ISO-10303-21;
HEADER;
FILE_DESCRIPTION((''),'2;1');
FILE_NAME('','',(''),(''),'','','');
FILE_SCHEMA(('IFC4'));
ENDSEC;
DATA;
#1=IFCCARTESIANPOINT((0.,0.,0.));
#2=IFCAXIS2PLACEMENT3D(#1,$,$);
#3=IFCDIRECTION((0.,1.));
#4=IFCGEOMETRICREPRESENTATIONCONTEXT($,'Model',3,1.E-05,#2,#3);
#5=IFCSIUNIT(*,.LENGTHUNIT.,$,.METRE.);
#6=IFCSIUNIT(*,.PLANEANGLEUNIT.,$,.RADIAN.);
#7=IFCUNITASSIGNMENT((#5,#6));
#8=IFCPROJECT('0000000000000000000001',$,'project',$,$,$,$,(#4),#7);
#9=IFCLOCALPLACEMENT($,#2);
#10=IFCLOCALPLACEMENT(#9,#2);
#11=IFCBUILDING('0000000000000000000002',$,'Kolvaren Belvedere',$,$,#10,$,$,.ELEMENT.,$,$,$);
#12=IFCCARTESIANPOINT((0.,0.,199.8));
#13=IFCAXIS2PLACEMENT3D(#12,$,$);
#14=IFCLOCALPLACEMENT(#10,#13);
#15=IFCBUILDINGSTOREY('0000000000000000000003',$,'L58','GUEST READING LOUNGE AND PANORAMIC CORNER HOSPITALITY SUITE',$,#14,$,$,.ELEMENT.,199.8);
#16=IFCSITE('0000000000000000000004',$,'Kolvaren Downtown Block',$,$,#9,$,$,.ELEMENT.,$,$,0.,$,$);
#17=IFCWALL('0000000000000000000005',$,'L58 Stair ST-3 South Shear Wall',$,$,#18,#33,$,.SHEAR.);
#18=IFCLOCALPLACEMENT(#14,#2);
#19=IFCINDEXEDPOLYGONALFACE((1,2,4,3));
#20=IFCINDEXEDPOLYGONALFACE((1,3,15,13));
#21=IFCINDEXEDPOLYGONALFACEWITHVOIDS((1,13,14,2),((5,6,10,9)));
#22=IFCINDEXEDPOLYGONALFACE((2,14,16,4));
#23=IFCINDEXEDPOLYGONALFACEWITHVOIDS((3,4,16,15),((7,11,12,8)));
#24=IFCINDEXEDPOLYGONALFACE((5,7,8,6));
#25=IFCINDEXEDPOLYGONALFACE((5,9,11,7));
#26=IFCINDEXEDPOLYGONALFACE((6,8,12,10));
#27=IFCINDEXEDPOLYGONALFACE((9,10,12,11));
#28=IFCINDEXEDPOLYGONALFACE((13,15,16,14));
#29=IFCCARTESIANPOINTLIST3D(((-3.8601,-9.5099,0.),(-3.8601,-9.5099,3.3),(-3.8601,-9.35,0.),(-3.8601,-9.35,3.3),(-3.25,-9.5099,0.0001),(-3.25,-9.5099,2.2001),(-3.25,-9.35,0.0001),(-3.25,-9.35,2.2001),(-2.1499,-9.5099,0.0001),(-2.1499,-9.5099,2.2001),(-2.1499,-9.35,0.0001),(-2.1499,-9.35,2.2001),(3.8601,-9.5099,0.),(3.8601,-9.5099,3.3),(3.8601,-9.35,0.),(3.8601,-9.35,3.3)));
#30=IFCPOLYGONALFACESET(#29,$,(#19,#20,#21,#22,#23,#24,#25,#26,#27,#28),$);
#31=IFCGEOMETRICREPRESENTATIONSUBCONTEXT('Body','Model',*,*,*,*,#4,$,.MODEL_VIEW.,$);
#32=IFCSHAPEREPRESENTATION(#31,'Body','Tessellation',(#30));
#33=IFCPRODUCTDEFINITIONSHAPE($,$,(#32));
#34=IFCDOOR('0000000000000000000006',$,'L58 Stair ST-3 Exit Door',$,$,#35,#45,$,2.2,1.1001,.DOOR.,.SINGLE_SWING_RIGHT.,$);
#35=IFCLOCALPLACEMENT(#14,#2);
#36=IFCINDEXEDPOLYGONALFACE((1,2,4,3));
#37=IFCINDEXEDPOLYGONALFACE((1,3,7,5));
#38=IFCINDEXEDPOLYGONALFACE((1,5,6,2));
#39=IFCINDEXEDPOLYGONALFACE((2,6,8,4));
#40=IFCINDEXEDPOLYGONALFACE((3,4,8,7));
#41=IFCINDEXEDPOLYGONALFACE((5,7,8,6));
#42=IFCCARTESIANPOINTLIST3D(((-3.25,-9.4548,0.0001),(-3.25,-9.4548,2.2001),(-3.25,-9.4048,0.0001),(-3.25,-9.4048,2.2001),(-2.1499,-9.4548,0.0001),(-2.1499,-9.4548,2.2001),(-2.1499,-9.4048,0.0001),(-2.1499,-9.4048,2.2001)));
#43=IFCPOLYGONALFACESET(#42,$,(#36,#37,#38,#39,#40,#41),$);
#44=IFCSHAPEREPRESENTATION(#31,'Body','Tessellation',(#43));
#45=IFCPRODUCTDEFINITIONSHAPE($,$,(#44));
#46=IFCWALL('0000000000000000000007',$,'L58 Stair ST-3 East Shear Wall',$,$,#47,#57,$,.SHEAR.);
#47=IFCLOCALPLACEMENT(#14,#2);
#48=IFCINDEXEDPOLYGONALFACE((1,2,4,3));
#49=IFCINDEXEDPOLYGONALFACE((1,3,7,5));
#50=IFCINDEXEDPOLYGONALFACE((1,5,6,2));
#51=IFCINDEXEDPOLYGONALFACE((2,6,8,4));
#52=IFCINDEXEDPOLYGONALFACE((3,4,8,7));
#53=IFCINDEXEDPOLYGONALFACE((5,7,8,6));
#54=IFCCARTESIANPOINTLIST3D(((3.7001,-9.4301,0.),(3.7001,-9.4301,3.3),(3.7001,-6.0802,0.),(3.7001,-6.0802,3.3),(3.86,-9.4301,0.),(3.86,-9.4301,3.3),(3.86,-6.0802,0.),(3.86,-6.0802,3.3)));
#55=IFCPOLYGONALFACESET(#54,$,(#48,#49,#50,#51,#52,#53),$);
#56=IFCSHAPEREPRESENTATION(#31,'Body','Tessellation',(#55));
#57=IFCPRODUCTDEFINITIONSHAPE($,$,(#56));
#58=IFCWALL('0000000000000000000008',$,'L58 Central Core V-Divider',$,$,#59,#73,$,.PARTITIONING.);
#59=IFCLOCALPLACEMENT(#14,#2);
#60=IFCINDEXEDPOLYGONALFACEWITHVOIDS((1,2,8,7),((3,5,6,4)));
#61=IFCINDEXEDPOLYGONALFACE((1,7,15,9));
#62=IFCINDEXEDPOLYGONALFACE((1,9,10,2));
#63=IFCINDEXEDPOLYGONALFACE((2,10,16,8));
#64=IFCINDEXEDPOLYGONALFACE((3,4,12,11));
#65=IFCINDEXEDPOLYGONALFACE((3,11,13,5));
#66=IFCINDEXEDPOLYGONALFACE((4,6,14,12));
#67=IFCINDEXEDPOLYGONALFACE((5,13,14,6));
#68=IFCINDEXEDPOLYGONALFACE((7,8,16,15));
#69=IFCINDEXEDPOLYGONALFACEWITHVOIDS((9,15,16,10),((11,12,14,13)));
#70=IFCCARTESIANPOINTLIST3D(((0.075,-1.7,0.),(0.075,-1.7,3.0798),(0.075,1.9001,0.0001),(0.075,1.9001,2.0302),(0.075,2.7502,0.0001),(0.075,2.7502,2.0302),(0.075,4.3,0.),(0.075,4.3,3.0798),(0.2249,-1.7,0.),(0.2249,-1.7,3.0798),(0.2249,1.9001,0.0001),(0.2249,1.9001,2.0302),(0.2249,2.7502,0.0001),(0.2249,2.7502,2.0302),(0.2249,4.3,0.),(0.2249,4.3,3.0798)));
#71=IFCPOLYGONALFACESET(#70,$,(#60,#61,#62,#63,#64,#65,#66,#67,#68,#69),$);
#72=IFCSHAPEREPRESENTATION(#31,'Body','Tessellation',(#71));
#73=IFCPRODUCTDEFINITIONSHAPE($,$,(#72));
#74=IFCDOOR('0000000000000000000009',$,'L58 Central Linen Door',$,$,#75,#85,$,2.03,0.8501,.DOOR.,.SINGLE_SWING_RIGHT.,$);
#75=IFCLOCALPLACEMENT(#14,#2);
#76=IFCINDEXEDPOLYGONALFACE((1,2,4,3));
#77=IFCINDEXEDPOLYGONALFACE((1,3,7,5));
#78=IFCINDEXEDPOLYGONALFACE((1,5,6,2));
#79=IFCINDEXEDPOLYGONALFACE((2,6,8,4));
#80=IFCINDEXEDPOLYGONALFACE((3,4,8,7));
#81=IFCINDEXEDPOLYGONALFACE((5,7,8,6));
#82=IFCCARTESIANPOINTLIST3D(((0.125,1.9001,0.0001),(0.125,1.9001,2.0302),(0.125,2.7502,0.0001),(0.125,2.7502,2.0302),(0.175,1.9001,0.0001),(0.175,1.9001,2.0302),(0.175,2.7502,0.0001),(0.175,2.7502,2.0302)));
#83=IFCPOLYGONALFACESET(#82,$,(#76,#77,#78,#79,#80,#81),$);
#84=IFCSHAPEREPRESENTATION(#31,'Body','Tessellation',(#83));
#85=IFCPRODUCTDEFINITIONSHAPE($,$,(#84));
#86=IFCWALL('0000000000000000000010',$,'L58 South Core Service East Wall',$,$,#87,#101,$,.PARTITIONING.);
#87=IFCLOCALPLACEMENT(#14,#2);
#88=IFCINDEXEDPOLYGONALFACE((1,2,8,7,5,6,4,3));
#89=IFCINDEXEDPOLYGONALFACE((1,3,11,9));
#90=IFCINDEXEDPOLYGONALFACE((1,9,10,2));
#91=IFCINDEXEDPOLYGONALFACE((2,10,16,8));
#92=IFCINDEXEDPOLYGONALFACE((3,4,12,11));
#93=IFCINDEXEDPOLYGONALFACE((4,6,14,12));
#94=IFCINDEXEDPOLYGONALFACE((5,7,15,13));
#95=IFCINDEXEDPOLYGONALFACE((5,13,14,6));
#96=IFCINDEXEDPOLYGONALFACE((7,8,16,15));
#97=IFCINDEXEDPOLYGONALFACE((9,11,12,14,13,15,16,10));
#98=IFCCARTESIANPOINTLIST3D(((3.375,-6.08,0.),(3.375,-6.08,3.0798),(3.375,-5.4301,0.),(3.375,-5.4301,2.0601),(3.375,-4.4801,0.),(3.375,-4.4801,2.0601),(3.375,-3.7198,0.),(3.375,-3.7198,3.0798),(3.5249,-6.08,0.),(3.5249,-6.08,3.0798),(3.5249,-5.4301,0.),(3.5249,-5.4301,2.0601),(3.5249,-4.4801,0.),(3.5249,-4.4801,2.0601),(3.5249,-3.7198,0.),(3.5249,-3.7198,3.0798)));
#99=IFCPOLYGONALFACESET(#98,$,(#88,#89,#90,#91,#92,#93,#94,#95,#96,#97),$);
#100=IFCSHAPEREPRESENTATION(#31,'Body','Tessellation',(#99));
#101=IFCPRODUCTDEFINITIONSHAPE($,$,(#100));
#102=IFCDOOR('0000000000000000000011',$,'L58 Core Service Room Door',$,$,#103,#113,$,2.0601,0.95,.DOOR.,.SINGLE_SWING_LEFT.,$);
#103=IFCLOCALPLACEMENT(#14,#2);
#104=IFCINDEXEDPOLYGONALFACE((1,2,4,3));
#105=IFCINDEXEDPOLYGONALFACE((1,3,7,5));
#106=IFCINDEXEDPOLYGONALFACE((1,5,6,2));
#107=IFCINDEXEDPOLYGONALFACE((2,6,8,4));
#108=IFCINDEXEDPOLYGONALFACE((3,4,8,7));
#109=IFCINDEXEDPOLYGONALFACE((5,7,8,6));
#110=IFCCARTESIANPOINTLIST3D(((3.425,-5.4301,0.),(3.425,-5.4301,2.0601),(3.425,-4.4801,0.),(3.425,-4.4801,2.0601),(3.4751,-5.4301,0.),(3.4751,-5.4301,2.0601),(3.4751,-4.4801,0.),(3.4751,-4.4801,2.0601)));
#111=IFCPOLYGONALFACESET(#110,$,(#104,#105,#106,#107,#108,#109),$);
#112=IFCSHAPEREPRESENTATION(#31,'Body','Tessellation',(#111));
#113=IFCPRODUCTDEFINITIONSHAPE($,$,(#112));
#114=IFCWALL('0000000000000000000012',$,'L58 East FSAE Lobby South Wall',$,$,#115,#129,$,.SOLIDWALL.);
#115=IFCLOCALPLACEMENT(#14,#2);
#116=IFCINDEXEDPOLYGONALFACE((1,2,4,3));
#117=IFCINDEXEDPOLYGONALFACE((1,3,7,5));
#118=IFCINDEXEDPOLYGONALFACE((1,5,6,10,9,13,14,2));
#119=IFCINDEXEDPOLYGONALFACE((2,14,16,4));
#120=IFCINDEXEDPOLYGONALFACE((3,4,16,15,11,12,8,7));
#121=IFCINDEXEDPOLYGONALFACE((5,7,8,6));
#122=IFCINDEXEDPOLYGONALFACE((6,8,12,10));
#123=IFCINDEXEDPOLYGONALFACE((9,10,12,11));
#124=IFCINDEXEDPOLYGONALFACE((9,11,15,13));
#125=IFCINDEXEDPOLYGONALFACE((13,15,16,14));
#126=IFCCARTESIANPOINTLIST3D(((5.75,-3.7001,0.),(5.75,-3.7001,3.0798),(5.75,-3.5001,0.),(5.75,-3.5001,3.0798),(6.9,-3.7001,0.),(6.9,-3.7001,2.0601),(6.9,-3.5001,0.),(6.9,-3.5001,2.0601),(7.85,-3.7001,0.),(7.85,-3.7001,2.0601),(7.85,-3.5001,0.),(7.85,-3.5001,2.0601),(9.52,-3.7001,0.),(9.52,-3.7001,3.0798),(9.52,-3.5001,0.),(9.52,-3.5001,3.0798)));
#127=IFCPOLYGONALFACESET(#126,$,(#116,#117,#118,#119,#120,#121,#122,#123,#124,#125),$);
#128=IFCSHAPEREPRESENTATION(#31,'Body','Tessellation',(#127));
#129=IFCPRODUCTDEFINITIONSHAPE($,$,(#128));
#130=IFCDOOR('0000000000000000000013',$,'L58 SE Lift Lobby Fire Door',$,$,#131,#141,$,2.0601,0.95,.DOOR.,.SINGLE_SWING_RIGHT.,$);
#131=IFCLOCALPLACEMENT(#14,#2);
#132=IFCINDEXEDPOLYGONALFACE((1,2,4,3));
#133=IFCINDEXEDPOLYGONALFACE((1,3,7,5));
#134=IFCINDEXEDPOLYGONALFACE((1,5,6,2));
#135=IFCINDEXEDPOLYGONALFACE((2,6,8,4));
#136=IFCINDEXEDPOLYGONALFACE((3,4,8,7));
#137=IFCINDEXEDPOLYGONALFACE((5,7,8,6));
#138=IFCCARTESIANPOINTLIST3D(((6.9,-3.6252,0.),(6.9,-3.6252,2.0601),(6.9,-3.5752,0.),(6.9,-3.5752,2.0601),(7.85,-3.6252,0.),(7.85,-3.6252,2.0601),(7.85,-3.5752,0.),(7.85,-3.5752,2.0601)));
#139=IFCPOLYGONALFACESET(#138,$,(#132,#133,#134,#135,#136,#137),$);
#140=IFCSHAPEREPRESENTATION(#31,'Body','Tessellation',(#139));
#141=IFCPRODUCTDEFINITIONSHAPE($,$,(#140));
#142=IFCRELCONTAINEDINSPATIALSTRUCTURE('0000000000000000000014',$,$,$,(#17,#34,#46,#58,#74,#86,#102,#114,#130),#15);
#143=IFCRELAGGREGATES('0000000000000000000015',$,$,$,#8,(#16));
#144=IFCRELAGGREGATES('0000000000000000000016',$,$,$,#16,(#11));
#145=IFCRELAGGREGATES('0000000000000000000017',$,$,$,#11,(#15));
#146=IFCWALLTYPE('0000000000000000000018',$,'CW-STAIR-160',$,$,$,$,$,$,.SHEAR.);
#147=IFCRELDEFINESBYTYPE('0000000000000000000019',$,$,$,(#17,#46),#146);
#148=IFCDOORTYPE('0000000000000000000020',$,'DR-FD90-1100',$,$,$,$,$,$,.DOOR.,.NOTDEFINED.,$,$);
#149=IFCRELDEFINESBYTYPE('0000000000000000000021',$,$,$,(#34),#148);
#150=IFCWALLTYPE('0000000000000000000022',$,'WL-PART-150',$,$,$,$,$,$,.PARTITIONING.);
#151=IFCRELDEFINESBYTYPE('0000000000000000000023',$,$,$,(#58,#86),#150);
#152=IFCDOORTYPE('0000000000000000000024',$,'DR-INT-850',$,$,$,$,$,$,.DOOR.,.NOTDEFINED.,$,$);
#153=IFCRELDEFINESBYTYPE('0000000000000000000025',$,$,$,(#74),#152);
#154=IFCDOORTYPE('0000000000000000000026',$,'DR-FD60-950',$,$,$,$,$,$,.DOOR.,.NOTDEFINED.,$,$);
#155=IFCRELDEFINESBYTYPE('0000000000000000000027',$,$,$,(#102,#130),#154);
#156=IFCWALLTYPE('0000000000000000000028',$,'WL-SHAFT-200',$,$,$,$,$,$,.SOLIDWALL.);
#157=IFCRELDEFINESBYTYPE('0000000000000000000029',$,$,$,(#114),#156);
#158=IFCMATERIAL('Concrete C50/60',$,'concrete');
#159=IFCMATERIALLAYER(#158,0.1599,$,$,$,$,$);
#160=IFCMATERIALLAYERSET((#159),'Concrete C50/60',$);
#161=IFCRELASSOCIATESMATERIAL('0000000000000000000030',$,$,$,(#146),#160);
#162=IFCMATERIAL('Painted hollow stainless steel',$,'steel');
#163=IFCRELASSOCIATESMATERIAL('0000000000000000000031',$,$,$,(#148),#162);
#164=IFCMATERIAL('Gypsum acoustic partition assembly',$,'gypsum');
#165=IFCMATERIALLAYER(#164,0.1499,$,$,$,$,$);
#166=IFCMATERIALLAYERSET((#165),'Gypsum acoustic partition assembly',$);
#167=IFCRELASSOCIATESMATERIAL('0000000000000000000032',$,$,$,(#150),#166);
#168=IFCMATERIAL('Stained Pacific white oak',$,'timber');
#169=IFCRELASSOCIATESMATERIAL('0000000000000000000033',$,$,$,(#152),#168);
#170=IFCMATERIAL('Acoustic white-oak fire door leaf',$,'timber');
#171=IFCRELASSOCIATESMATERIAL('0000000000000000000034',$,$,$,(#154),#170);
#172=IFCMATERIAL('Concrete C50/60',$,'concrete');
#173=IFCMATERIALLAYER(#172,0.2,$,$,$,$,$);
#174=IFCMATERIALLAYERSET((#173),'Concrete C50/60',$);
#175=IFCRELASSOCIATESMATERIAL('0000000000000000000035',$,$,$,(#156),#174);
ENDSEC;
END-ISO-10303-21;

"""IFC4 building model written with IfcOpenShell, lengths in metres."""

from ifc_helpers import new_model, si_unit, direction, frame, frame_2d, origin, place, context, subcontext, project, spatial, rectangle, extrude, material, layer, layer_set, type_object, element, fill, save


model = new_model("IFC4")

# Units and contexts
model_context = context("Model", 3, precision=1e-05, world=origin(), true_north=direction((0.0, 1.0)))
body_context = subcontext(model_context, "Body", "Model", "MODEL_VIEW")
ifc_project = project(units=[si_unit("LENGTHUNIT", "METRE"), si_unit("PLANEANGLEUNIT", "RADIAN")], contexts=[model_context])

# Site, building, storey
site_placement = place(None, origin())
site = spatial("IfcSite", under=ifc_project, at=site_placement, Name="Kolvaren Downtown Block", CompositionType="ELEMENT", RefElevation=0.0)
building_placement = place(site_placement, origin())
building = spatial("IfcBuilding", under=site, at=building_placement, Name="Kolvaren Belvedere", CompositionType="ELEMENT")
storey_placement = place(building_placement, frame((0.0, 0.0, 199.8)))
storey = spatial("IfcBuildingStorey", under=building, at=storey_placement, Name="L58", Description="GUEST READING LOUNGE AND PANORAMIC CORNER HOSPITALITY SUITE", CompositionType="ELEMENT", Elevation=199.8)

# Wall, opening, door
ifc_material_1 = material(Name="Concrete C50/60", Category="concrete")
ifc_layer_1 = layer(ifc_material_1, 0.1599)
ifc_layer_set_1 = layer_set([ifc_layer_1], Name="Concrete C50/60")
wall_type_1 = type_object("IfcWallType", Name="CW-STAIR-160", PredefinedType="SHEAR", material=ifc_layer_set_1)
wall_1_placement = place(storey_placement, frame((3.8601, -9.4299, 0.0), z_axis=(0.0, 0.0, 1.0), x_axis=(-1.0, 0.0, 0.0)))
wall_1 = element("IfcWall", 1, at=wall_1_placement, inside=storey, type_object=wall_type_1, Name="L58 Stair ST-3 South Shear Wall", PredefinedType="SHEAR", context=body_context, shape_type="SweptSolid", body=[
    extrude(rectangle(XDim=7.7202, YDim=0.1599, at=frame_2d((3.8601, 0.0))), origin(), (0.0, 0.0, 1.0), 3.3),
])
opening_1_placement = place(wall_1_placement, frame((6.01, 0.0, 0.0)))
opening_1 = element("IfcOpeningElement", 2, at=opening_1_placement, cuts=wall_1, PredefinedType="OPENING", context=body_context, shape_type="SweptSolid", body=[
    extrude(rectangle(XDim=1.1001, YDim=2.2, at=frame_2d((0.55, 1.1001))), frame((0.0, 0.0898, 0.0), z_axis=(0.0, -1.0, 0.0), x_axis=(1.0, 0.0, 0.0)), (0.0, 0.0, 1.0), 0.1799),
])
ifc_material_2 = material(Name="Painted hollow stainless steel", Category="steel")
door_type_1 = type_object("IfcDoorType", Name="DR-FD90-1100", OperationType="NOTDEFINED", PredefinedType="DOOR", material=ifc_material_2)
door_1_placement = place(opening_1_placement, origin())
door_1 = element("IfcDoor", 3, at=door_1_placement, inside=storey, type_object=door_type_1, Name="L58 Stair ST-3 Exit Door", OperationType="SINGLE_SWING_RIGHT", OverallHeight=2.2, OverallWidth=1.1001, PredefinedType="DOOR", context=body_context, shape_type="SweptSolid", body=[
    extrude(rectangle(XDim=1.1001, YDim=2.2, at=frame_2d((0.55, 1.1001))), frame((0.0, 0.0249, 0.0), z_axis=(0.0, -1.0, 0.0), x_axis=(1.0, 0.0, 0.0)), (0.0, 0.0, 1.0), 0.05),
])
fill(opening_1, door_1)

# Wall
wall_2_placement = place(storey_placement, frame((3.78, -9.4299, 0.0), z_axis=(0.0, 0.0, 1.0), x_axis=(0.0, 1.0, 0.0)))
element("IfcWall", 4, at=wall_2_placement, inside=storey, type_object=wall_type_1, Name="L58 Stair ST-3 East Shear Wall", PredefinedType="SHEAR", context=body_context, shape_type="SweptSolid", body=[
    extrude(rectangle(XDim=3.3499, YDim=0.1599, at=frame_2d((1.6748, 0.0))), origin(), (0.0, 0.0, 1.0), 3.3),
])

# Walls, openings, doors
ifc_material_3 = material(Name="Gypsum acoustic partition assembly", Category="gypsum")
ifc_layer_2 = layer(ifc_material_3, 0.1499)
ifc_layer_set_2 = layer_set([ifc_layer_2], Name="Gypsum acoustic partition assembly")
wall_type_2 = type_object("IfcWallType", Name="WL-PART-150", PredefinedType="PARTITIONING", material=ifc_layer_set_2)
wall_3_placement = place(storey_placement, frame((0.1499, -1.7, 0.0), z_axis=(0.0, 0.0, 1.0), x_axis=(0.0, 1.0, 0.0)))
wall_3 = element("IfcWall", 5, at=wall_3_placement, inside=storey, type_object=wall_type_2, Name="L58 Central Core V-Divider", PredefinedType="PARTITIONING", context=body_context, shape_type="SweptSolid", body=[
    extrude(rectangle(XDim=6.0, YDim=0.1499, at=frame_2d((3.0, 0.0))), origin(), (0.0, 0.0, 1.0), 3.0798),
])
opening_2_placement = place(wall_3_placement, frame((3.6001, 0.0, 0.0)))
opening_2 = element("IfcOpeningElement", 6, at=opening_2_placement, cuts=wall_3, PredefinedType="OPENING", context=body_context, shape_type="SweptSolid", body=[
    extrude(rectangle(XDim=0.8501, YDim=2.03, at=frame_2d((0.425, 1.0151))), frame((0.0, 0.085, 0.0), z_axis=(0.0, -1.0, 0.0), x_axis=(1.0, 0.0, 0.0)), (0.0, 0.0, 1.0), 0.1699),
])
ifc_material_4 = material(Name="Stained Pacific white oak", Category="timber")
door_type_2 = type_object("IfcDoorType", Name="DR-INT-850", OperationType="NOTDEFINED", PredefinedType="DOOR", material=ifc_material_4)
door_2_placement = place(opening_2_placement, origin())
door_2 = element("IfcDoor", 7, at=door_2_placement, inside=storey, type_object=door_type_2, Name="L58 Central Linen Door", OperationType="SINGLE_SWING_RIGHT", OverallHeight=2.03, OverallWidth=0.8501, PredefinedType="DOOR", context=body_context, shape_type="SweptSolid", body=[
    extrude(rectangle(XDim=0.8501, YDim=2.03, at=frame_2d((0.425, 1.0151))), frame((0.0, 0.0249, 0.0), z_axis=(0.0, -1.0, 0.0), x_axis=(1.0, 0.0, 0.0)), (0.0, 0.0, 1.0), 0.05),
])
fill(opening_2, door_2)
wall_4_placement = place(storey_placement, frame((3.45, -6.0801, 0.0), z_axis=(0.0, 0.0, 1.0), x_axis=(0.0, 1.0, 0.0)))
wall_4 = element("IfcWall", 8, at=wall_4_placement, inside=storey, type_object=wall_type_2, Name="L58 South Core Service East Wall", PredefinedType="PARTITIONING", context=body_context, shape_type="SweptSolid", body=[
    extrude(rectangle(XDim=2.3601, YDim=0.1499, at=frame_2d((1.1802, 0.0))), origin(), (0.0, 0.0, 1.0), 3.0798),
])
opening_3_placement = place(wall_4_placement, frame((0.6499, 0.0, 0.0)))
opening_3 = element("IfcOpeningElement", 9, at=opening_3_placement, cuts=wall_4, PredefinedType="OPENING", context=body_context, shape_type="SweptSolid", body=[
    extrude(rectangle(XDim=0.95, YDim=2.0601, at=frame_2d((0.4751, 1.03))), frame((0.0, 0.085, 0.0), z_axis=(0.0, -1.0, 0.0), x_axis=(1.0, 0.0, 0.0)), (0.0, 0.0, 1.0), 0.1699),
])
ifc_material_5 = material(Name="Acoustic white-oak fire door leaf", Category="timber")
door_type_3 = type_object("IfcDoorType", Name="DR-FD60-950", OperationType="NOTDEFINED", PredefinedType="DOOR", material=ifc_material_5)
door_3_placement = place(opening_3_placement, origin())
door_3 = element("IfcDoor", 10, at=door_3_placement, inside=storey, type_object=door_type_3, Name="L58 Core Service Room Door", OperationType="SINGLE_SWING_LEFT", OverallHeight=2.0601, OverallWidth=0.95, PredefinedType="DOOR", context=body_context, shape_type="SweptSolid", body=[
    extrude(rectangle(XDim=0.95, YDim=2.0601, at=frame_2d((0.4751, 1.03))), frame((0.0, 0.0249, 0.0), z_axis=(0.0, -1.0, 0.0), x_axis=(1.0, 0.0, 0.0)), (0.0, 0.0, 1.0), 0.05),
])
fill(opening_3, door_3)
ifc_material_6 = material(Name="Concrete C50/60", Category="concrete")
ifc_layer_3 = layer(ifc_material_6, 0.2)
ifc_layer_set_3 = layer_set([ifc_layer_3], Name="Concrete C50/60")
wall_type_3 = type_object("IfcWallType", Name="WL-SHAFT-200", PredefinedType="SOLIDWALL", material=ifc_layer_set_3)
wall_5_placement = place(storey_placement, frame((5.75, -3.6001, 0.0), z_axis=(0.0, 0.0, 1.0), x_axis=(1.0, 0.0, 0.0)))
wall_5 = element("IfcWall", 11, at=wall_5_placement, inside=storey, type_object=wall_type_3, Name="L58 East FSAE Lobby South Wall", PredefinedType="SOLIDWALL", context=body_context, shape_type="SweptSolid", body=[
    extrude(rectangle(XDim=3.77, YDim=0.2, at=frame_2d((1.885, 0.0))), origin(), (0.0, 0.0, 1.0), 3.0798),
])
opening_4_placement = place(wall_5_placement, frame((1.1499, 0.0, 0.0)))
opening_4 = element("IfcOpeningElement", 12, at=opening_4_placement, cuts=wall_5, PredefinedType="OPENING", context=body_context, shape_type="SweptSolid", body=[
    extrude(rectangle(XDim=0.95, YDim=2.0601, at=frame_2d((0.4751, 1.03))), frame((0.0, 0.1099, 0.0), z_axis=(0.0, -1.0, 0.0), x_axis=(1.0, 0.0, 0.0)), (0.0, 0.0, 1.0), 0.22),
])
door_4_placement = place(opening_4_placement, origin())
door_4 = element("IfcDoor", 13, at=door_4_placement, inside=storey, type_object=door_type_3, Name="L58 SE Lift Lobby Fire Door", OperationType="SINGLE_SWING_RIGHT", OverallHeight=2.0601, OverallWidth=0.95, PredefinedType="DOOR", context=body_context, shape_type="SweptSolid", body=[
    extrude(rectangle(XDim=0.95, YDim=2.0601, at=frame_2d((0.4751, 1.03))), frame((0.0, 0.0249, 0.0), z_axis=(0.0, -1.0, 0.0), x_axis=(1.0, 0.0, 0.0)), (0.0, 0.0, 1.0), 0.05),
])
fill(opening_4, door_4)

save(model, "model.ifc")
